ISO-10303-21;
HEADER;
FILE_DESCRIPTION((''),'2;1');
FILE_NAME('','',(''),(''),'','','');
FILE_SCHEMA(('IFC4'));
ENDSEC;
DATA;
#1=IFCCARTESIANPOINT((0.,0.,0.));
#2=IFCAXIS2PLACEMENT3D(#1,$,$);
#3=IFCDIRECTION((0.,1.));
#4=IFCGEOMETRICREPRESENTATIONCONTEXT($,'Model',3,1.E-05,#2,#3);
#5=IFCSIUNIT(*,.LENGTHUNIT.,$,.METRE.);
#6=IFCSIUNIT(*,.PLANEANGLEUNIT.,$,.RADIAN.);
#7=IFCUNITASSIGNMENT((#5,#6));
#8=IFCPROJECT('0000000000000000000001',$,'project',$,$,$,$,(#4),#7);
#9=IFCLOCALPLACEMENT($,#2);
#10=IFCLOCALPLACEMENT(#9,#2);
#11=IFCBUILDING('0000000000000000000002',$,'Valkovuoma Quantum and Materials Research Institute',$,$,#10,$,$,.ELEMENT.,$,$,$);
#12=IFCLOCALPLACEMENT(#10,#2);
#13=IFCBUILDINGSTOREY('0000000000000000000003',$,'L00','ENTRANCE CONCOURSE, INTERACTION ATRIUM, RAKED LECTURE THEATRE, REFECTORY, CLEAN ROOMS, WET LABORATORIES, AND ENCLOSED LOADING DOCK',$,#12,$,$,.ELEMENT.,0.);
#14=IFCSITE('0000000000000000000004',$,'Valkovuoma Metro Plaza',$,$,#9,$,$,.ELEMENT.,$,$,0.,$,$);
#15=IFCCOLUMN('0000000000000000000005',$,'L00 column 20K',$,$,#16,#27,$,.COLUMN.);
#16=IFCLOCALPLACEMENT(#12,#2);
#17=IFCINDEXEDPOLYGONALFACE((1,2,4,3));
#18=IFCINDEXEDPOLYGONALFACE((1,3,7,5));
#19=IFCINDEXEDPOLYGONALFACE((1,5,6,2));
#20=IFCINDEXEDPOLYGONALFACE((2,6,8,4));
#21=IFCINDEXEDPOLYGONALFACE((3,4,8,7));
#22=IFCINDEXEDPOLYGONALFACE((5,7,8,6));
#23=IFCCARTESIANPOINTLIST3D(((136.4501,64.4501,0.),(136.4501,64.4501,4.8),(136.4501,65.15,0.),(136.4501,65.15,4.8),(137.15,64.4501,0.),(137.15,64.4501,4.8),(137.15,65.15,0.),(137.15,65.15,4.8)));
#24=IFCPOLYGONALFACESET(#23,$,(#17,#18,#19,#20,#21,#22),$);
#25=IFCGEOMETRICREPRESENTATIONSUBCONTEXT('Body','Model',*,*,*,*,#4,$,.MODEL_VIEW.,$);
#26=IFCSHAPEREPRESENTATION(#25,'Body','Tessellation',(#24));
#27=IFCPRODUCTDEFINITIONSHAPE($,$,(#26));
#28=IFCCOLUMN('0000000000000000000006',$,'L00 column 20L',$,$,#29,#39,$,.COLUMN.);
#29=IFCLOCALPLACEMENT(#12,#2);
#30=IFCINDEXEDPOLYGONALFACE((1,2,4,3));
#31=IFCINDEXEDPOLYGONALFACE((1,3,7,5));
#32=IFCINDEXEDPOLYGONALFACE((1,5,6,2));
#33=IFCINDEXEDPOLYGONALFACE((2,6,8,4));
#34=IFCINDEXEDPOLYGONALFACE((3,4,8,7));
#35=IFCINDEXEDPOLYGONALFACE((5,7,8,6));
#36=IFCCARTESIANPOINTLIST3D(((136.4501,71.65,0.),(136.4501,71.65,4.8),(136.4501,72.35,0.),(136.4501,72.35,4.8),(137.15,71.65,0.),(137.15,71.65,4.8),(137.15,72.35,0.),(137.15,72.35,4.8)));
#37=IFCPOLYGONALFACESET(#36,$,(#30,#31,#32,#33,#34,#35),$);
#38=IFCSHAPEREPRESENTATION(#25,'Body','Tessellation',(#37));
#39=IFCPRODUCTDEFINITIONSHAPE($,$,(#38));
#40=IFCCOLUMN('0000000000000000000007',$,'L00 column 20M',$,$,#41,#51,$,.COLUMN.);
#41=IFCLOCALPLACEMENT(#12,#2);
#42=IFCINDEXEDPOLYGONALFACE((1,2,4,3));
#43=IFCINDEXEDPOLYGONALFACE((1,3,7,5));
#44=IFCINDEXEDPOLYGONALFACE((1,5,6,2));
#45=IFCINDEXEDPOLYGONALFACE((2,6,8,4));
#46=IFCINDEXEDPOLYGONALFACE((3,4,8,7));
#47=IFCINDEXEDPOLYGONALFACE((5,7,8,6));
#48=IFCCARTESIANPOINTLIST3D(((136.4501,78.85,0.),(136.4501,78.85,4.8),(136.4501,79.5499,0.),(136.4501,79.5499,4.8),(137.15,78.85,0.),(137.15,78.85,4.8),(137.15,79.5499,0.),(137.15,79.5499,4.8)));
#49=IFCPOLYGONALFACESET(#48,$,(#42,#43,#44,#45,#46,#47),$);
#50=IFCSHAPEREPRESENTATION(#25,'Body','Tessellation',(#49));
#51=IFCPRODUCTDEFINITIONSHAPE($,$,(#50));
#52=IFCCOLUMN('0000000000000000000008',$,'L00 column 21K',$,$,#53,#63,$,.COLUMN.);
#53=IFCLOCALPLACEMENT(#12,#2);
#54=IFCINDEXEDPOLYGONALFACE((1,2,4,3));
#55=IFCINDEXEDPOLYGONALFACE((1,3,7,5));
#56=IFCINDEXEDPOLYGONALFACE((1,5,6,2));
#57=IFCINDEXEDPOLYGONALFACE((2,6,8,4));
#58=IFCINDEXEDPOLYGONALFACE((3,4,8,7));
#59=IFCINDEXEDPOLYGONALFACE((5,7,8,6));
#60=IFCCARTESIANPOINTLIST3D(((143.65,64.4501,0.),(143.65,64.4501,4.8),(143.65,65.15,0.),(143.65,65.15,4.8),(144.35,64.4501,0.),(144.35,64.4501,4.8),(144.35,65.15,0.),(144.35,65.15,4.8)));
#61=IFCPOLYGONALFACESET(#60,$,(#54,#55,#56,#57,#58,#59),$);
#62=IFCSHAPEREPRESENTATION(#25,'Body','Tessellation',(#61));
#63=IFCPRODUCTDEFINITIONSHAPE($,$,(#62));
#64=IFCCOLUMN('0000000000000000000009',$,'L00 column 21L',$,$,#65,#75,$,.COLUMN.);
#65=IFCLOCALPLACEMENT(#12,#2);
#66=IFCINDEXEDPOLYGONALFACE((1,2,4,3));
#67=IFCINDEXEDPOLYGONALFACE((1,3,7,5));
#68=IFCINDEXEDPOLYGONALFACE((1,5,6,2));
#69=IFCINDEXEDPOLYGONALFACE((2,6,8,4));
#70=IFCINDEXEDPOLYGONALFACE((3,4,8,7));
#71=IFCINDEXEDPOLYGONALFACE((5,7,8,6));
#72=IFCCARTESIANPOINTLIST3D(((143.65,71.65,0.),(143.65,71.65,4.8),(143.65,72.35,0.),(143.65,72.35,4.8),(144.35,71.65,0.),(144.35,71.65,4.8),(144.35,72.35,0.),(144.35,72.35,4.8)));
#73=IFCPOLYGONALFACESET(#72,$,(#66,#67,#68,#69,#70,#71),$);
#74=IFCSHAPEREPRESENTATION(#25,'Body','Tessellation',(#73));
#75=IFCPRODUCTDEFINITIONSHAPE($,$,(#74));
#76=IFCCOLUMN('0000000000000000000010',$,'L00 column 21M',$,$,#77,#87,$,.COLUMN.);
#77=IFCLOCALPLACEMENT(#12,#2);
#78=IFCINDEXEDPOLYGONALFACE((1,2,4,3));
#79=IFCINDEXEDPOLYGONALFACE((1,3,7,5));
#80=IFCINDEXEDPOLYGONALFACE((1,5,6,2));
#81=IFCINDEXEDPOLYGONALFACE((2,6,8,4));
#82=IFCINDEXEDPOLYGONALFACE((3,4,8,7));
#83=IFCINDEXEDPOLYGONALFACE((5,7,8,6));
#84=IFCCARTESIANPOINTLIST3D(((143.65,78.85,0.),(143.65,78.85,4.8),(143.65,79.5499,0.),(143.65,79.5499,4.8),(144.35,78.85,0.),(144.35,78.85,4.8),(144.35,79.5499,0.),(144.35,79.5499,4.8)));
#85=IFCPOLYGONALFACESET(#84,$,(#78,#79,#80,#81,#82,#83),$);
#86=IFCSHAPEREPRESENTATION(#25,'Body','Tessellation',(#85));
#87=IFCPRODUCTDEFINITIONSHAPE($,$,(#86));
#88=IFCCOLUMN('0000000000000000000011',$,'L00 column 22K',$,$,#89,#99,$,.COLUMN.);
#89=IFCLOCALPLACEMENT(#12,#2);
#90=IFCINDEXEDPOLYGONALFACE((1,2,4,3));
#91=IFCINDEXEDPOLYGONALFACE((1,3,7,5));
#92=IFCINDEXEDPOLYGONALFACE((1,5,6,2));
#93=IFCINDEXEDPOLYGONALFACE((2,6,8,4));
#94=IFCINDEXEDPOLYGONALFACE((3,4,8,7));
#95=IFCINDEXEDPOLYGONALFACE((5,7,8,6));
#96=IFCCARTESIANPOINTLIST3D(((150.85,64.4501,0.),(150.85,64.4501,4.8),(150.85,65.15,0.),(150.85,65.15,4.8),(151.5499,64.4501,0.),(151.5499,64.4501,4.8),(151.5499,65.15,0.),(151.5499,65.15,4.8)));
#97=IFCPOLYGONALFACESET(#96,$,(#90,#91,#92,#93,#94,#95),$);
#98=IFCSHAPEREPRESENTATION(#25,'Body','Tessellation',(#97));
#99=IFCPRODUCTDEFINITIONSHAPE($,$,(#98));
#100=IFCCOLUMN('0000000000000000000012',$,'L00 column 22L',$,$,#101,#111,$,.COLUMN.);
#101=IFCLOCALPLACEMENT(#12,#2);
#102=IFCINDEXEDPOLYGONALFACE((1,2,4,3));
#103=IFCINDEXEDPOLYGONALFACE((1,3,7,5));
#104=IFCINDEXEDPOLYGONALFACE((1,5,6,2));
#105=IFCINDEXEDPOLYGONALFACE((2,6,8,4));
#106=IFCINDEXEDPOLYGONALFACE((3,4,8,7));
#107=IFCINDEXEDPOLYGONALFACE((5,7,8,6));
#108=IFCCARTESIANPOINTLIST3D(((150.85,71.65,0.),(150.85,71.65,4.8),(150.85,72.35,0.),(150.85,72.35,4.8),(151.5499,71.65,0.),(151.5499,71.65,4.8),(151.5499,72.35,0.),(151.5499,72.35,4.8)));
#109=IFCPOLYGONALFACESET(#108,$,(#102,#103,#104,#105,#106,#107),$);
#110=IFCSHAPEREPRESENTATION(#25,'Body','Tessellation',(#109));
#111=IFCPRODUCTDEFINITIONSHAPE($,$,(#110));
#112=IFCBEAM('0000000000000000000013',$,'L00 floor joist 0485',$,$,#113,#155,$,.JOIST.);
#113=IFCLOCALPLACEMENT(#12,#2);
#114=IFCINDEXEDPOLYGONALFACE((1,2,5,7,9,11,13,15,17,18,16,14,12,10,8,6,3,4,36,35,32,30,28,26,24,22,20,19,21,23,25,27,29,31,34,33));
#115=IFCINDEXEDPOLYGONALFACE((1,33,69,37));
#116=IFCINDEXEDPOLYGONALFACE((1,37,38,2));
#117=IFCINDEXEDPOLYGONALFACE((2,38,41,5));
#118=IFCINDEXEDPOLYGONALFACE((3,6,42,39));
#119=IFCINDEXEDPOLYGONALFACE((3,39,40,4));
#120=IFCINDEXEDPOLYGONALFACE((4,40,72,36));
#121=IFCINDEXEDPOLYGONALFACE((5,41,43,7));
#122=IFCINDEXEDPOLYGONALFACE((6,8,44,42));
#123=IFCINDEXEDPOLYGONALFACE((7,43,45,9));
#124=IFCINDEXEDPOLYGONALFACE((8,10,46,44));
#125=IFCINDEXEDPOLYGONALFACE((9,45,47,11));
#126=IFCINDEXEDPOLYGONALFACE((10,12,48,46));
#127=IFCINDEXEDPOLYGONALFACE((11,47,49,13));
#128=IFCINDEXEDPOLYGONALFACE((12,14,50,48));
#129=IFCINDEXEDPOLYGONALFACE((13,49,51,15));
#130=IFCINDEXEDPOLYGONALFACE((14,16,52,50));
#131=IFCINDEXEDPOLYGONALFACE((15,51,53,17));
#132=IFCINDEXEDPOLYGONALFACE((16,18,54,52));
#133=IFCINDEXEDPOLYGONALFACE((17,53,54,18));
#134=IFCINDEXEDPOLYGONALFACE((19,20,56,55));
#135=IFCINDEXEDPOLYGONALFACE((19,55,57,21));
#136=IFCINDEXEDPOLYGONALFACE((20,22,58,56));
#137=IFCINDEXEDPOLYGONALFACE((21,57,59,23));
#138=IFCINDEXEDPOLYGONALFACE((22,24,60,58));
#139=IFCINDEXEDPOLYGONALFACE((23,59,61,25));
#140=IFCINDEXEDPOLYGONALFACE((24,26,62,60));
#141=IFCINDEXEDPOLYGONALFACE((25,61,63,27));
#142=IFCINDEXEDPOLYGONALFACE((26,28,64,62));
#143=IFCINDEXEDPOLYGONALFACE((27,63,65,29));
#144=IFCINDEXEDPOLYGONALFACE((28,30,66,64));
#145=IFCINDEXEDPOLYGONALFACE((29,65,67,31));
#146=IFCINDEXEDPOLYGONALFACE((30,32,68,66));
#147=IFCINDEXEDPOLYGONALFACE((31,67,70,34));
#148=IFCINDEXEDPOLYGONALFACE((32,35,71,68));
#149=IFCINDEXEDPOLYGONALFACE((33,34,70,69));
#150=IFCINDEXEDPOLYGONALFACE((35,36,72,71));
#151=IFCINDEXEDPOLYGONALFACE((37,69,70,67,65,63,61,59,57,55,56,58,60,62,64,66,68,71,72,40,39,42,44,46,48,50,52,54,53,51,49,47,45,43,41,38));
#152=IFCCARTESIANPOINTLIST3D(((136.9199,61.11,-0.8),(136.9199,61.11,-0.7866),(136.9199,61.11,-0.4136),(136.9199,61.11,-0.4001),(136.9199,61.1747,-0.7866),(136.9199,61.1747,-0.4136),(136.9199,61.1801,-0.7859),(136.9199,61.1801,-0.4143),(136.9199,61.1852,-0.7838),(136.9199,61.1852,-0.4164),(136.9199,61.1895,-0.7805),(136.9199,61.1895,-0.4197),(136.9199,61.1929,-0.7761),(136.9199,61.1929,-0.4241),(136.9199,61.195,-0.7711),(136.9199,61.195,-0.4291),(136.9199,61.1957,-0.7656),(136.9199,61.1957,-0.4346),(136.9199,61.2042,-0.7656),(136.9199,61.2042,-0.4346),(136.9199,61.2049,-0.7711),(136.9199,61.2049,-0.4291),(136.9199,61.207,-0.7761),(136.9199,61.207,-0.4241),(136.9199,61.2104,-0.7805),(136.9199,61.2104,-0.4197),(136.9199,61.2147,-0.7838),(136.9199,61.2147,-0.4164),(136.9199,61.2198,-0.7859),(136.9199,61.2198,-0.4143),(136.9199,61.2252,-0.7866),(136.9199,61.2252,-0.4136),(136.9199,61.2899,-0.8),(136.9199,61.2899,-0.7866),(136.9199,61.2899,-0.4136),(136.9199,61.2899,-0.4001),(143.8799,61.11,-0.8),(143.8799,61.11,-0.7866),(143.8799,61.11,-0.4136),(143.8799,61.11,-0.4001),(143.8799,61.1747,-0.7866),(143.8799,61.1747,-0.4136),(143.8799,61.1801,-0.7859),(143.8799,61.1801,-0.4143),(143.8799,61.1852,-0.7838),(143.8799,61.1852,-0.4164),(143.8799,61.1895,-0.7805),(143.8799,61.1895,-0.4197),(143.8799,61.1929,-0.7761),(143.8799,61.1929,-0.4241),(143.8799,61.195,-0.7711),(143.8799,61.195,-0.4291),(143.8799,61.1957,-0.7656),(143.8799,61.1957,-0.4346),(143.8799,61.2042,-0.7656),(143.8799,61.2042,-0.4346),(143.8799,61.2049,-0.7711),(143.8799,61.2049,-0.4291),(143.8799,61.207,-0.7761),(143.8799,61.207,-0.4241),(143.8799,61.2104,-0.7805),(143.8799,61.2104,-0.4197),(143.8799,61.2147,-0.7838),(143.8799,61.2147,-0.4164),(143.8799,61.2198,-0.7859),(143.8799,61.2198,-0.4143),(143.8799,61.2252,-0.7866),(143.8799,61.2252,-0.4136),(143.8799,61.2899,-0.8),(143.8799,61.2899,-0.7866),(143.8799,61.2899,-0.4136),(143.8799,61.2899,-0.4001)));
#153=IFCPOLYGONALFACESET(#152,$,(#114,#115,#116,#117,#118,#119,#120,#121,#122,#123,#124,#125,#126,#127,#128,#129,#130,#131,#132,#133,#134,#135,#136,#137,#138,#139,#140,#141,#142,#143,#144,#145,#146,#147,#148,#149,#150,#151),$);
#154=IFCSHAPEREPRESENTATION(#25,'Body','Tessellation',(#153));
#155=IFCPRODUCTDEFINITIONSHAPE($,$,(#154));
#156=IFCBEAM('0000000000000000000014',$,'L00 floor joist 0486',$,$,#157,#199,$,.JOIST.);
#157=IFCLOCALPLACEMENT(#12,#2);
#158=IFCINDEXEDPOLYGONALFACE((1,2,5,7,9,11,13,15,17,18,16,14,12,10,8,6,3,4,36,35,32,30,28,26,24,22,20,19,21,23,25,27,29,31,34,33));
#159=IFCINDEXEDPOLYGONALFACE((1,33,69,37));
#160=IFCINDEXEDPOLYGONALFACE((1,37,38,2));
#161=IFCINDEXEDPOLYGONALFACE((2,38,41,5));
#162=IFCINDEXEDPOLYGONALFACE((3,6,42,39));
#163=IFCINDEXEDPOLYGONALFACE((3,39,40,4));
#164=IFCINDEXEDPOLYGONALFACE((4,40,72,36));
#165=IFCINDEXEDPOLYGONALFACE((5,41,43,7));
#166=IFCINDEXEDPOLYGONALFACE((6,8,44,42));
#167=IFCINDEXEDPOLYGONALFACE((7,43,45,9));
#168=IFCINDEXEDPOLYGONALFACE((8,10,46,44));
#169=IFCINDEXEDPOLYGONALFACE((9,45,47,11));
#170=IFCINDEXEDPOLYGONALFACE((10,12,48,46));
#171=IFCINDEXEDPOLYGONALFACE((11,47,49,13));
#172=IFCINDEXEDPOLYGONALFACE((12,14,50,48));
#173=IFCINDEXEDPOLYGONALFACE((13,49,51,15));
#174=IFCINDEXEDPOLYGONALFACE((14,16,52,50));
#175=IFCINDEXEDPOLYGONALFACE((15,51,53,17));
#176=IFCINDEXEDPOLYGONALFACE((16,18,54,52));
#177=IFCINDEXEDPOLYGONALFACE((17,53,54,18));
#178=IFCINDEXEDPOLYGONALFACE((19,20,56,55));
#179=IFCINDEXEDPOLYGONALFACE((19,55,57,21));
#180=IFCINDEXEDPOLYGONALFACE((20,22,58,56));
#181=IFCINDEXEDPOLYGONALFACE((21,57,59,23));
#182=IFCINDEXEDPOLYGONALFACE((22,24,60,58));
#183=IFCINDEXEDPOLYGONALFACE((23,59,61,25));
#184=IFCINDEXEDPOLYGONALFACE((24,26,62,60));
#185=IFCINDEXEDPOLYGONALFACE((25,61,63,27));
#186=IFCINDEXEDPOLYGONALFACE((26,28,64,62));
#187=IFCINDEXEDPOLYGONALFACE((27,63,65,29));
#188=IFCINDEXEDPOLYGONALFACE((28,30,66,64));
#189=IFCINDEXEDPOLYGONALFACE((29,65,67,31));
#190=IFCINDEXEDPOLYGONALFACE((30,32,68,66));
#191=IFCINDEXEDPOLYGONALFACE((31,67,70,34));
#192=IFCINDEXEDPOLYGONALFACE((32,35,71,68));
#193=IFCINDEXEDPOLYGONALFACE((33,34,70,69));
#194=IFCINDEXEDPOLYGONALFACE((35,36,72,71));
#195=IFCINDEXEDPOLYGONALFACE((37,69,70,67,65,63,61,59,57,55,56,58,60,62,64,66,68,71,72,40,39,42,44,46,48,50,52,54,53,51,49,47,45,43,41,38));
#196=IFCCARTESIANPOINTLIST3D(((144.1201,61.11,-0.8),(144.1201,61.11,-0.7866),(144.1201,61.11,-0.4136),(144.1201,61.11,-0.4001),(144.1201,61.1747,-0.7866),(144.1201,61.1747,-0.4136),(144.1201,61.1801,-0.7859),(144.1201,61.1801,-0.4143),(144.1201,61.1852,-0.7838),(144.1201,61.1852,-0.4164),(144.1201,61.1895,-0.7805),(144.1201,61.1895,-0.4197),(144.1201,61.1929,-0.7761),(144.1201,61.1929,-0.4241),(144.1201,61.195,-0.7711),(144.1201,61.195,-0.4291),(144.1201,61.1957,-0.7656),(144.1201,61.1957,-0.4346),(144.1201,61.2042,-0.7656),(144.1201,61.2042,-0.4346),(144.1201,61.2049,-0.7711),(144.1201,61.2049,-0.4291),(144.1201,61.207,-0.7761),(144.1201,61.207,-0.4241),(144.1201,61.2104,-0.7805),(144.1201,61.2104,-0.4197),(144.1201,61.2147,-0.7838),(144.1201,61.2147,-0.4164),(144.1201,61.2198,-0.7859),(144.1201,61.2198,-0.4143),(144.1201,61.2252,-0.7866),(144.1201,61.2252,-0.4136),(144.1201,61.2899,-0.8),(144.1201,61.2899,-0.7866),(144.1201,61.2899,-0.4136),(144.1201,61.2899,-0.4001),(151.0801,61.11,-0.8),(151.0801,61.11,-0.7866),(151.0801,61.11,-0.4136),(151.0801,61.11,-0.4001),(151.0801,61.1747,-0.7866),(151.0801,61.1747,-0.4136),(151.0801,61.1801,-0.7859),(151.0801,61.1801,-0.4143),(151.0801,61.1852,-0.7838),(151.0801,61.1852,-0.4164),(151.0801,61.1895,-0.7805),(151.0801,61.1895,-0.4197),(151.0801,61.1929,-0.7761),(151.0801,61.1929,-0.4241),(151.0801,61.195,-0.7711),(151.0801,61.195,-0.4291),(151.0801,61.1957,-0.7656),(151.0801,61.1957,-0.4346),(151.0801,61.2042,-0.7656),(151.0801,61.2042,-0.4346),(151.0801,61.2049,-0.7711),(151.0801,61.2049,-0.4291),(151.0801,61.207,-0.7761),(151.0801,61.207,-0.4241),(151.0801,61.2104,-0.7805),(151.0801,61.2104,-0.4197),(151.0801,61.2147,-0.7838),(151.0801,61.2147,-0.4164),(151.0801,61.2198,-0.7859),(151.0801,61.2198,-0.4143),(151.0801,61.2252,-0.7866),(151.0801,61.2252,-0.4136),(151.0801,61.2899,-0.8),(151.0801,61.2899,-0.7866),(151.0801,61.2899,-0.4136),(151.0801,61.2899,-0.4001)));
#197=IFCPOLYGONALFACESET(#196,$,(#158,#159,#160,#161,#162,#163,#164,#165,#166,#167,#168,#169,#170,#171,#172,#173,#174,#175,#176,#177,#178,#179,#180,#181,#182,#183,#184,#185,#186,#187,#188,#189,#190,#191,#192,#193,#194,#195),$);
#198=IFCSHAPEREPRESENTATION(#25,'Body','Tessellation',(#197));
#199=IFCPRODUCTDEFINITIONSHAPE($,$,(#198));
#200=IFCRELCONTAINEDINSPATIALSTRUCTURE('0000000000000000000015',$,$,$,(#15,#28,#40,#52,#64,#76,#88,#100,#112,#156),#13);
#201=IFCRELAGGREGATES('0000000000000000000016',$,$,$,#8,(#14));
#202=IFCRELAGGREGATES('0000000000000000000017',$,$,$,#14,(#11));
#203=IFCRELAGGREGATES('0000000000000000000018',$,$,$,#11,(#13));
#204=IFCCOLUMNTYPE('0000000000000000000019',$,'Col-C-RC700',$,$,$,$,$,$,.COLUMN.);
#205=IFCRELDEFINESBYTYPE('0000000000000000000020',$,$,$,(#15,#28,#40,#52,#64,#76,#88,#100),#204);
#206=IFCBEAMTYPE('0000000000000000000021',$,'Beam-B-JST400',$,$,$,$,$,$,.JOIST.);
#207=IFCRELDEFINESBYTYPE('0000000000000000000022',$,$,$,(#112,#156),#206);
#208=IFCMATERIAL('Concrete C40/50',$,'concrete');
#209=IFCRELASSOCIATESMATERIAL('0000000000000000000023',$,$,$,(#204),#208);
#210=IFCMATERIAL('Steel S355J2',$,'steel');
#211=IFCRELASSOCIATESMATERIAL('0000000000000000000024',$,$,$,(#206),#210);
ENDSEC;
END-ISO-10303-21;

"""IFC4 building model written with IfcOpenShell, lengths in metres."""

from ifc_helpers import new_model, si_unit, direction, frame, origin, origin_2d, place, context, subcontext, project, spatial, rectangle, i_section, extrude, material, material_profile, profile_set, type_object, element, save


model = new_model("IFC4")

# Units and contexts
model_context = context("Model", 3, precision=1e-05, world=origin(), true_north=direction((0.0, 1.0)))
body_context = subcontext(model_context, "Body", "Model", "MODEL_VIEW")
ifc_project = project(units=[si_unit("LENGTHUNIT", "METRE"), si_unit("PLANEANGLEUNIT", "RADIAN")], contexts=[model_context])

# Site, building, storey
site_placement = place(None, origin())
site = spatial("IfcSite", under=ifc_project, at=site_placement, Name="Valkovuoma Metro Plaza", CompositionType="ELEMENT", RefElevation=0.0)
building_placement = place(site_placement, origin())
building = spatial("IfcBuilding", under=site, at=building_placement, Name="Valkovuoma Quantum and Materials Research Institute", CompositionType="ELEMENT")
storey_placement = place(building_placement, origin())
storey = spatial("IfcBuildingStorey", under=building, at=storey_placement, Name="L00", Description="ENTRANCE CONCOURSE, INTERACTION ATRIUM, RAKED LECTURE THEATRE, REFECTORY, CLEAN ROOMS, WET LABORATORIES, AND ENCLOSED LOADING DOCK", CompositionType="ELEMENT", Elevation=0.0)

# Columns
ifc_material_1 = material(Name="Concrete C40/50", Category="concrete")
ifc_material_profile_1 = material_profile(ifc_material_1, rectangle(XDim=0.7, YDim=0.7, at=origin_2d()), Name="Concrete C40/50")
ifc_profile_set_1 = profile_set([ifc_material_profile_1], Name="Concrete C40/50")
column_type = type_object("IfcColumnType", Name="Col-C-RC700", PredefinedType="COLUMN", material=ifc_profile_set_1)
for number, where, z_axis, x_axis, name in (
    (1, (136.8, 64.8, 0.0), (0.0, 0.0, 1.0), (1.0, 0.0, 0.0), "L00 column 20K"),
    (2, (136.8, 72.0, 0.0), (0.0, 0.0, 1.0), (1.0, 0.0, 0.0), "L00 column 20L"),
    (3, (136.8, 79.2, 0.0), (0.0, 0.0, 1.0), (1.0, 0.0, 0.0), "L00 column 20M"),
    (4, (144.0, 64.8, 0.0), (0.0, 0.0, 1.0), (1.0, 0.0, 0.0), "L00 column 21K"),
    (5, (144.0, 72.0, 0.0), (0.0, 0.0, 1.0), (1.0, 0.0, 0.0), "L00 column 21L"),
    (6, (144.0, 79.2, 0.0), (0.0, 0.0, 1.0), (1.0, 0.0, 0.0), "L00 column 21M"),
    (7, (151.2, 64.8, 0.0), (0.0, 0.0, 1.0), (1.0, 0.0, 0.0), "L00 column 22K"),
    (8, (151.2, 72.0, 0.0), (0.0, 0.0, 1.0), (1.0, 0.0, 0.0), "L00 column 22L"),
):
    element("IfcColumn", number, at=place(storey_placement, frame(where, z_axis=z_axis, x_axis=x_axis)), inside=storey, type_object=column_type, Name=name, PredefinedType="COLUMN", context=body_context, shape_type="SweptSolid", body=[
        extrude(rectangle(XDim=0.7, YDim=0.7, at=origin_2d()), origin(), (0.0, 0.0, 1.0), 4.8),
    ])

# Beams
ifc_material_2 = material(Name="Steel S355J2", Category="steel")
ifc_material_profile_2 = material_profile(ifc_material_2, i_section(OverallWidth=0.1799, OverallDepth=0.3999, WebThickness=0.0085, FlangeThickness=0.0134, FilletRadius=0.021, at=origin_2d()), Name="Steel S355J2")
ifc_profile_set_2 = profile_set([ifc_material_profile_2], Name="Steel S355J2")
beam_type_1 = type_object("IfcBeamType", Name="Beam-B-JST400", PredefinedType="JOIST", material=ifc_profile_set_2)
for number, where, z_axis, x_axis, name in (
    (9, (136.9199, 61.2, -0.6001), (1.0, 0.0, 0.0), (0.0, 1.0, 0.0), "L00 floor joist 0485"),
    (10, (144.1201, 61.2, -0.6001), (1.0, 0.0, 0.0), (0.0, 1.0, 0.0), "L00 floor joist 0486"),
):
    element("IfcBeam", number, at=place(storey_placement, frame(where, z_axis=z_axis, x_axis=x_axis)), inside=storey, type_object=beam_type_1, Name=name, PredefinedType="JOIST", context=body_context, shape_type="SweptSolid", body=[
        extrude(i_section(OverallWidth=0.1799, OverallDepth=0.3999, WebThickness=0.0085, FlangeThickness=0.0134, FilletRadius=0.021, at=origin_2d()), origin(), (0.0, 0.0, 1.0), 6.96),
    ])

save(model, "model.ifc")
